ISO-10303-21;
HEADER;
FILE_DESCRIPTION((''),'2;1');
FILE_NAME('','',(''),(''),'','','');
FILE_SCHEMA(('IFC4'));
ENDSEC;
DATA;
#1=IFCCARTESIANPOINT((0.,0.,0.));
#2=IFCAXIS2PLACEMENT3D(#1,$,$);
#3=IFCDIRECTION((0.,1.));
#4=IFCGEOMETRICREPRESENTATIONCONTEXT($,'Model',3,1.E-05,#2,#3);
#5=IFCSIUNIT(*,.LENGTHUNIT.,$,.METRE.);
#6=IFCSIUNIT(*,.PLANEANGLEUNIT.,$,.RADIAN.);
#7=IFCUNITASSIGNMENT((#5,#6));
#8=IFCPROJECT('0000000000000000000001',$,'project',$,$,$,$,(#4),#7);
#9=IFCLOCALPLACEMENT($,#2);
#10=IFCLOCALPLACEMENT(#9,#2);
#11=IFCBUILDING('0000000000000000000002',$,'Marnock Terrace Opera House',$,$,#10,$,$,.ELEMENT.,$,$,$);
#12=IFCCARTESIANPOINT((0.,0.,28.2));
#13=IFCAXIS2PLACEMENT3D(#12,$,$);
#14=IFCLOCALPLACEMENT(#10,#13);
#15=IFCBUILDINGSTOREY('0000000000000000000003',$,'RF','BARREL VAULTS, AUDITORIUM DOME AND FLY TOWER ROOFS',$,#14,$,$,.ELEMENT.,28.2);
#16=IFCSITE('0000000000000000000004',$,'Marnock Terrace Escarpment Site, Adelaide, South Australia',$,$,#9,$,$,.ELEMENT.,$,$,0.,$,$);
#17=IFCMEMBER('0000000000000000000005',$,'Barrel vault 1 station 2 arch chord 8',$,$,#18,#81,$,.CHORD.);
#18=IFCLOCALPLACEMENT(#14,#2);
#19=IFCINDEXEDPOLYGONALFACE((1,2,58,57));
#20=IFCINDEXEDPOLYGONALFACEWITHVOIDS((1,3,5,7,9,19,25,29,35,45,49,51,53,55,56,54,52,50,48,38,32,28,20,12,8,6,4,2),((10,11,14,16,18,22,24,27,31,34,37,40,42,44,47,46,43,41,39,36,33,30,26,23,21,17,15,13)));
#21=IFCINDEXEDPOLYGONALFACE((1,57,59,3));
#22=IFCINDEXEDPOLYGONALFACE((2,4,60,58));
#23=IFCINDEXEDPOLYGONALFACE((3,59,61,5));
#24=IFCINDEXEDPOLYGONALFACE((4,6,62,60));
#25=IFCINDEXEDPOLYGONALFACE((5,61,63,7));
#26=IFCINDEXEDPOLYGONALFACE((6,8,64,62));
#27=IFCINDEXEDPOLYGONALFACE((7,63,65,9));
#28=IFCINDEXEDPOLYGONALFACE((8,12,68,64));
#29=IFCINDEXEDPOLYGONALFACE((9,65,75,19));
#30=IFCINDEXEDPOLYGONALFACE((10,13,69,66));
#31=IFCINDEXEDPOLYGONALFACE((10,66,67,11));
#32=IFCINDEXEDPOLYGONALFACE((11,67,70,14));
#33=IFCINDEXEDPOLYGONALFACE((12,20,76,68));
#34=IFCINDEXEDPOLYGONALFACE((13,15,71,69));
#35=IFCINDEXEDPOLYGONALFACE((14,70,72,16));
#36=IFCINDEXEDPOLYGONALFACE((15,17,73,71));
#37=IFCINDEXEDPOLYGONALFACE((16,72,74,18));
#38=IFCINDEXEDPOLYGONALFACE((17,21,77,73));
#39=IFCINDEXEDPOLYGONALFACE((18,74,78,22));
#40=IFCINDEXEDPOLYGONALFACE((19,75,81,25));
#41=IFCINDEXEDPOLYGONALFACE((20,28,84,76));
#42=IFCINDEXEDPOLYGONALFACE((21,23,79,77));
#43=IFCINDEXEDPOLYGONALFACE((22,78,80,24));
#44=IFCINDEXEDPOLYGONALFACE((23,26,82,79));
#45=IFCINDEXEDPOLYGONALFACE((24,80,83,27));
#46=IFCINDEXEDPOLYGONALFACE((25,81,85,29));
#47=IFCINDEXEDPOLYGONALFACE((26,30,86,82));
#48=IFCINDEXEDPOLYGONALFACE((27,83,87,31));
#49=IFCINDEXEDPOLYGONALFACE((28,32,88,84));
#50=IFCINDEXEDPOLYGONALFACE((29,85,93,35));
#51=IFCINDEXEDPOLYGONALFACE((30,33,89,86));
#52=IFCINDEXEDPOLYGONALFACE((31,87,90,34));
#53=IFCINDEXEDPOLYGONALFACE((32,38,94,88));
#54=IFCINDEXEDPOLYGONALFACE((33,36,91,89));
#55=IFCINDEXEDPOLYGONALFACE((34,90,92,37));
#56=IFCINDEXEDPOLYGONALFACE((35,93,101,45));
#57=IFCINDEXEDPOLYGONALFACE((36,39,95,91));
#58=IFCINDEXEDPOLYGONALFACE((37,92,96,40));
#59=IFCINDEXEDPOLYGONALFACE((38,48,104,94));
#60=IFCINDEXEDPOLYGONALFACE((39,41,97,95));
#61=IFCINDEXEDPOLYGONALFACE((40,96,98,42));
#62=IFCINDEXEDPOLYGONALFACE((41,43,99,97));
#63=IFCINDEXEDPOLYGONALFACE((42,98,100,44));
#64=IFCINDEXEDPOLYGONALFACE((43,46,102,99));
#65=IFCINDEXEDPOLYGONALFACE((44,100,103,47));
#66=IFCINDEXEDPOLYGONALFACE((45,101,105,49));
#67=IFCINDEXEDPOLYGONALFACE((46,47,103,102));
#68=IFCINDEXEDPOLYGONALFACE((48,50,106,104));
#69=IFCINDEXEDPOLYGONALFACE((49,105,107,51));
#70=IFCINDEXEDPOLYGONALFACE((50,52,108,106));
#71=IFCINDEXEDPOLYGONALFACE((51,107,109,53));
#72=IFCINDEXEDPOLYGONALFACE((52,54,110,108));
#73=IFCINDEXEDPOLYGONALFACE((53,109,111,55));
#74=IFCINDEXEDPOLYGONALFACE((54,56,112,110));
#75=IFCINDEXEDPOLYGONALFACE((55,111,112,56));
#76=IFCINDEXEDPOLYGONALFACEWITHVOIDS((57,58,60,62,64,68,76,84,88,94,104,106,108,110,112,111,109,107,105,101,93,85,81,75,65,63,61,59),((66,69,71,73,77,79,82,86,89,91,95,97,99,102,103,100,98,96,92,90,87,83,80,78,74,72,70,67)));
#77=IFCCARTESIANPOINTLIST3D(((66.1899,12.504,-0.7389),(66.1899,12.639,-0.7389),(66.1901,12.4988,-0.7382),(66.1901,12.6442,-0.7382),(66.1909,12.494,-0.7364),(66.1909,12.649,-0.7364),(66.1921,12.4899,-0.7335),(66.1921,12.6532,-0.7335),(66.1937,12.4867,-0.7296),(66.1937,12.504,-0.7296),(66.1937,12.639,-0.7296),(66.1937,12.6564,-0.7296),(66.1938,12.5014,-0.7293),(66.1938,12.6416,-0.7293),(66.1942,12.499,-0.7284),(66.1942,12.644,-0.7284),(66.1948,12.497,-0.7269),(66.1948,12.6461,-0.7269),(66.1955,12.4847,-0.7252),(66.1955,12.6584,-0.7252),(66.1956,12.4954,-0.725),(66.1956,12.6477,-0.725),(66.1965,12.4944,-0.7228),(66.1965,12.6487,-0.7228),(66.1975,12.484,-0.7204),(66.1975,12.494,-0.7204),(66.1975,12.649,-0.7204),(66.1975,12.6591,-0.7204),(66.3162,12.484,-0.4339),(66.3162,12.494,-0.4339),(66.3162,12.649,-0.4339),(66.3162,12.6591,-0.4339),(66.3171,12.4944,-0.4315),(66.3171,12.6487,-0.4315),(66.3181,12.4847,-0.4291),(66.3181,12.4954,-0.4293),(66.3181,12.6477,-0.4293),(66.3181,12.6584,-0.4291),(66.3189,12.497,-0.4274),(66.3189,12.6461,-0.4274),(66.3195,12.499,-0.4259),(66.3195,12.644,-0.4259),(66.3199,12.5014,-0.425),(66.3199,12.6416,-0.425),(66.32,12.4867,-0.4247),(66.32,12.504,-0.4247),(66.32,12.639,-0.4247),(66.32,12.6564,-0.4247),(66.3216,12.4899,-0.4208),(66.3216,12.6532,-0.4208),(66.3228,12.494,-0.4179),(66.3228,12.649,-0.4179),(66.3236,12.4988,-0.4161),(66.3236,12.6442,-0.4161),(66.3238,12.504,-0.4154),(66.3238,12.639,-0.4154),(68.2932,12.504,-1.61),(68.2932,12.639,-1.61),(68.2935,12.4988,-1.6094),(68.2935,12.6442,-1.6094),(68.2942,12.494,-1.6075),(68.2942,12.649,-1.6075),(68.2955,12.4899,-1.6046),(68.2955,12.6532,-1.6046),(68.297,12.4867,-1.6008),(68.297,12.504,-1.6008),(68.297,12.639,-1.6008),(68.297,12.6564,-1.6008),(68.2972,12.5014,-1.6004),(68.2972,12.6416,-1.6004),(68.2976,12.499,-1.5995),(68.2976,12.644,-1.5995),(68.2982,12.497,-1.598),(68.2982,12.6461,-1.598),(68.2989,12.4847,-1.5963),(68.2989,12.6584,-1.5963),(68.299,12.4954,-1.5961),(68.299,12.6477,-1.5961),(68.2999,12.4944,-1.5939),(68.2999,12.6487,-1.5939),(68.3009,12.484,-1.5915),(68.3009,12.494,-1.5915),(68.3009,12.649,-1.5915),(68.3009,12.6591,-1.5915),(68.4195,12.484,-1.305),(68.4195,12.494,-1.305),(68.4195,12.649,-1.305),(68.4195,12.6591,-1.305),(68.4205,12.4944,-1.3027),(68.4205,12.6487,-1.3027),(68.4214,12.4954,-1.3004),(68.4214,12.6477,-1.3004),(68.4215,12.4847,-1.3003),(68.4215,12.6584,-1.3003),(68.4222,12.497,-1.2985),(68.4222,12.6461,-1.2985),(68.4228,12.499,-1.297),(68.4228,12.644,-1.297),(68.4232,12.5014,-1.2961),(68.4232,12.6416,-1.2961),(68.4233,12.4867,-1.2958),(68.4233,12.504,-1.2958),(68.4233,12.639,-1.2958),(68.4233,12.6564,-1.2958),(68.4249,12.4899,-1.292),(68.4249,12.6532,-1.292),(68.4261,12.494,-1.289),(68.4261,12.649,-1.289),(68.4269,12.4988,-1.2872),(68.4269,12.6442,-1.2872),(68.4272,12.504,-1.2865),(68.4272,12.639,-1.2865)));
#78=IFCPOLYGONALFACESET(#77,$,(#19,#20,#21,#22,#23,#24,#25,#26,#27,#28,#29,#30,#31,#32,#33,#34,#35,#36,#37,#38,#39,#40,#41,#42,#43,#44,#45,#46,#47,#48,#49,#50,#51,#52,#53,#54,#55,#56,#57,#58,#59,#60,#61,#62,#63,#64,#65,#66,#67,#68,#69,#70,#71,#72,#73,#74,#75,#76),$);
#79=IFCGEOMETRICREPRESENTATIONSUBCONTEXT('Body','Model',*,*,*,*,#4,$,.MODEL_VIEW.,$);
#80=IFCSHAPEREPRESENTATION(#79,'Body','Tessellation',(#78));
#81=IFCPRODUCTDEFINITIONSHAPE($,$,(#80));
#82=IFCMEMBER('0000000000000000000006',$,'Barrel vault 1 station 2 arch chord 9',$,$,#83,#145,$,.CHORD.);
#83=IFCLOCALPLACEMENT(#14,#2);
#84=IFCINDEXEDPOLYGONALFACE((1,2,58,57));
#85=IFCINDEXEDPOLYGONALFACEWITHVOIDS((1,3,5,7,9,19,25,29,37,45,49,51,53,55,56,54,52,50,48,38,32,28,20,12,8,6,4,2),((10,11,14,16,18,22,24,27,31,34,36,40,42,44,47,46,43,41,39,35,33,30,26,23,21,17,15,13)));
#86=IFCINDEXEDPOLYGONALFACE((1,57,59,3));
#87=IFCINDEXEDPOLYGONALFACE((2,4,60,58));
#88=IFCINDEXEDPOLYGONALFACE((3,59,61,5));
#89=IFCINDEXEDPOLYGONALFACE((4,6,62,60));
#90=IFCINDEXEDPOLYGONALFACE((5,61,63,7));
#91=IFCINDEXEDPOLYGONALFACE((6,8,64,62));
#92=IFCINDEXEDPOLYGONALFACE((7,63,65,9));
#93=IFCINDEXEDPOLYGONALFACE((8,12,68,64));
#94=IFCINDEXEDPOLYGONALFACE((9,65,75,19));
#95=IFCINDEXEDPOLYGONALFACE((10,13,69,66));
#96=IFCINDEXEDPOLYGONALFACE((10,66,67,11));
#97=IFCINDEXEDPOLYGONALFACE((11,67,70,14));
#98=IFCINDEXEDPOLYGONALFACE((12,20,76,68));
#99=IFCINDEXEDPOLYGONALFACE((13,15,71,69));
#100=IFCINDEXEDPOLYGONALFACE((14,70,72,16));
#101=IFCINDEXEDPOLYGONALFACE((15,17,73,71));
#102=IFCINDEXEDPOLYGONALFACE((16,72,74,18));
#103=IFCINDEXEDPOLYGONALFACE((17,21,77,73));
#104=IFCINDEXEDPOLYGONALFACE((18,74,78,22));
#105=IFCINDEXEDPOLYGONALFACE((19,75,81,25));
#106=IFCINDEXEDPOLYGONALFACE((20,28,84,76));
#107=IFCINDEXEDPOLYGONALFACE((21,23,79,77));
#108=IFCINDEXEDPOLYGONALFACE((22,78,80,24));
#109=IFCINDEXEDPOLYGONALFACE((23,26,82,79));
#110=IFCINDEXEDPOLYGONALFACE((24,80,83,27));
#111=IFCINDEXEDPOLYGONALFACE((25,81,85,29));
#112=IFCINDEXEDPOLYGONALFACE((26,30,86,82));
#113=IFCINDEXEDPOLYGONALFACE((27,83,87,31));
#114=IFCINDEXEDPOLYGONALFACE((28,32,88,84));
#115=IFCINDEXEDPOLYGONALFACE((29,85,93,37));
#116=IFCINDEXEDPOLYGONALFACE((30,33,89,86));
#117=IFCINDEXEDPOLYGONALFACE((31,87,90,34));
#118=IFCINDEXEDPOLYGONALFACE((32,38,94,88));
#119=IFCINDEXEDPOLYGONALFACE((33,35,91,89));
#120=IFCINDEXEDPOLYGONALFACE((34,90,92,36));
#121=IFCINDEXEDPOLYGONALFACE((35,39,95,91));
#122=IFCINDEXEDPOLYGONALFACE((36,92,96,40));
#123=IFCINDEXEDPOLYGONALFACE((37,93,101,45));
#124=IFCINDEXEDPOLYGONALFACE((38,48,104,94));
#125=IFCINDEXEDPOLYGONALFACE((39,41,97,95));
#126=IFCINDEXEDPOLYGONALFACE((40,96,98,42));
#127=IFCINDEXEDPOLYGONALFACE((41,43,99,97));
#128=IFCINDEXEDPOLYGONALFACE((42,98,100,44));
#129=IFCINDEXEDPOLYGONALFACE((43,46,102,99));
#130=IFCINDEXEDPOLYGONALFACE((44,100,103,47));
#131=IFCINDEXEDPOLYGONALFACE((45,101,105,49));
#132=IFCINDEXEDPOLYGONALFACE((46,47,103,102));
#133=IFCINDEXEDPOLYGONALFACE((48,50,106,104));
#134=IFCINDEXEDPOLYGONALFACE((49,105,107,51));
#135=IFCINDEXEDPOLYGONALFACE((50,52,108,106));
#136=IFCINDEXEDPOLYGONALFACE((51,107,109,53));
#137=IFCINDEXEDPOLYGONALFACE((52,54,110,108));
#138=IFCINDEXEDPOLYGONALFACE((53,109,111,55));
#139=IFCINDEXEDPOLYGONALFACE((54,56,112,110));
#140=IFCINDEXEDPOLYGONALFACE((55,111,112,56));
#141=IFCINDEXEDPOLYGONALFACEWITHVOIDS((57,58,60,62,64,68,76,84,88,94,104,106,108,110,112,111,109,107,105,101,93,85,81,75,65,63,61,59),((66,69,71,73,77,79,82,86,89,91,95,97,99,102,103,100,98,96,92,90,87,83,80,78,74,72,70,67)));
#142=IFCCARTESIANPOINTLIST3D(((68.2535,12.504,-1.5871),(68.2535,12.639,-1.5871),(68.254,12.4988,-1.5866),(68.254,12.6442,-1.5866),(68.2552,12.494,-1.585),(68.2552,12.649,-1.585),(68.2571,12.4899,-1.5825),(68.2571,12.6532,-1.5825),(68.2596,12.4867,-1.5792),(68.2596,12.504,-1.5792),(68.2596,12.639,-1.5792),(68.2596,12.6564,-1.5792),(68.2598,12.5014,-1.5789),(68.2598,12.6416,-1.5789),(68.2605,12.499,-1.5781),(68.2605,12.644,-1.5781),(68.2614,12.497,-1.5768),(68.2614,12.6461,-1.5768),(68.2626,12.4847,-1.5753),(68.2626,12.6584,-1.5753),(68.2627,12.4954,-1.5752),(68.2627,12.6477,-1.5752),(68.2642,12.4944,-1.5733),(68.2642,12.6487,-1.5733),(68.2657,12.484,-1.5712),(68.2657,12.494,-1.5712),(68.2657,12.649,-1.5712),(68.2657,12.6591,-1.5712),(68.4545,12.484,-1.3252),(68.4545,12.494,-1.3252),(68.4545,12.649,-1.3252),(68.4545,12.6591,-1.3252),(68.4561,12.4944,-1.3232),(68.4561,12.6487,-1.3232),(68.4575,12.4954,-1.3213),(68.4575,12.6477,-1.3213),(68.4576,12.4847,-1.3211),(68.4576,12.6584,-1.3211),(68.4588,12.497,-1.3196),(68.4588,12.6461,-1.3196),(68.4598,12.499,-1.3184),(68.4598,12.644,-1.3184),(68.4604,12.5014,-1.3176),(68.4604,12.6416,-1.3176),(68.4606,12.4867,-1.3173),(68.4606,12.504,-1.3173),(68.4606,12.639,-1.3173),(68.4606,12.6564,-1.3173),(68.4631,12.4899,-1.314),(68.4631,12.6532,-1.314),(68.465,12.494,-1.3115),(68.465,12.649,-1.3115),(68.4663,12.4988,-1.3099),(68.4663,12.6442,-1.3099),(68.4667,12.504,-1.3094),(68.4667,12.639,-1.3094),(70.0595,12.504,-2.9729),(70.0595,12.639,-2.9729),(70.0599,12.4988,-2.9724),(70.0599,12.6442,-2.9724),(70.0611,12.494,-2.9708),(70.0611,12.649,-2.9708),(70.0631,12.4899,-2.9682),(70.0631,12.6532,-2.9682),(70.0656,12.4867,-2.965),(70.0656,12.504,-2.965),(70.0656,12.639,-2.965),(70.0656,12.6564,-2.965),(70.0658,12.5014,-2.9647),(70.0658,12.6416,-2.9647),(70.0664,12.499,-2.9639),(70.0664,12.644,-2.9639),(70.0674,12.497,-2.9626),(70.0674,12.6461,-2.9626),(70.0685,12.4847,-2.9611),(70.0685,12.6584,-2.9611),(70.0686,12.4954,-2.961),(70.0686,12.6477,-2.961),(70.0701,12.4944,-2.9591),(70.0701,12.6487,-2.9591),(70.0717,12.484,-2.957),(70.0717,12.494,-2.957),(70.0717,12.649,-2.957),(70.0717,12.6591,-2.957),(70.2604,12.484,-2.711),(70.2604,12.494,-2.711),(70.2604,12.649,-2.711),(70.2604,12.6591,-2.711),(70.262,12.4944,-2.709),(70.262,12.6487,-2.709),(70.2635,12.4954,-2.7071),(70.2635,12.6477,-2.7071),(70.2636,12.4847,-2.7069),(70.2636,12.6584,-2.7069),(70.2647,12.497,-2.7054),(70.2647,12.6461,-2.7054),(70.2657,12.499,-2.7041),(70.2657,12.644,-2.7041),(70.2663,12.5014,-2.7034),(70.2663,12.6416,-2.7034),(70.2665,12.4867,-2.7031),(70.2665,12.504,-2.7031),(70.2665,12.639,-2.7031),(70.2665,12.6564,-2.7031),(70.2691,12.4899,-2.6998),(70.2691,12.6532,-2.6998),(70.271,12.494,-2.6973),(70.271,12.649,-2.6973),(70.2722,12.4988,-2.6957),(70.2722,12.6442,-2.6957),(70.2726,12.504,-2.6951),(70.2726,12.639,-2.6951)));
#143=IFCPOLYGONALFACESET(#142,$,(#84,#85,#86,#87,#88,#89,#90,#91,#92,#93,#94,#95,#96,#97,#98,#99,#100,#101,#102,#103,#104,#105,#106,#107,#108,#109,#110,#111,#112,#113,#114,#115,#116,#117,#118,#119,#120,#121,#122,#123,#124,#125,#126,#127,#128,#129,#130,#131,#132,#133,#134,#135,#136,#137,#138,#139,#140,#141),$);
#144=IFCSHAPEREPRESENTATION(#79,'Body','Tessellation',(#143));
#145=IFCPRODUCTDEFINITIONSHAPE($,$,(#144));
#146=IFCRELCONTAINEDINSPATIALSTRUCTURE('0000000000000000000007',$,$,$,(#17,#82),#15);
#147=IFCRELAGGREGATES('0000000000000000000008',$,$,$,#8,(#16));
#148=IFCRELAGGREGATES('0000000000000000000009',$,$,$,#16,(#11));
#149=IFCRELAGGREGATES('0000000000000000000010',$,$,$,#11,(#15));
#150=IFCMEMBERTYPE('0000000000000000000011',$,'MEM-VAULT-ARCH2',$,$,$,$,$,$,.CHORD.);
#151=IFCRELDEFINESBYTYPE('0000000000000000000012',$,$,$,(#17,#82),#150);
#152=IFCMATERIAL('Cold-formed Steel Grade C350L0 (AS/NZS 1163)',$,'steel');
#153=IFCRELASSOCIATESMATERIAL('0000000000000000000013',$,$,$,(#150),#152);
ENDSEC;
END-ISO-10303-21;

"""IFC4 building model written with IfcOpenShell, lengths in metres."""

from ifc_helpers import new_model, si_unit, direction, frame, origin, origin_2d, place, context, subcontext, project, spatial, hollow_rectangle, extrude, material, material_profile, profile_set, type_object, element, save


model = new_model("IFC4")

# Units and contexts
model_context = context("Model", 3, precision=1e-05, world=origin(), true_north=direction((0.0, 1.0)))
body_context = subcontext(model_context, "Body", "Model", "MODEL_VIEW")
ifc_project = project(units=[si_unit("LENGTHUNIT", "METRE"), si_unit("PLANEANGLEUNIT", "RADIAN")], contexts=[model_context])

# Site, building, storey
site_placement = place(None, origin())
site = spatial("IfcSite", under=ifc_project, at=site_placement, Name="Marnock Terrace Escarpment Site, Adelaide, South Australia", CompositionType="ELEMENT", RefElevation=0.0)
building_placement = place(site_placement, origin())
building = spatial("IfcBuilding", under=site, at=building_placement, Name="Marnock Terrace Opera House", CompositionType="ELEMENT")
storey_placement = place(building_placement, frame((0.0, 0.0, 28.2)))
storey = spatial("IfcBuildingStorey", under=building, at=storey_placement, Name="RF", Description="BARREL VAULTS, AUDITORIUM DOME AND FLY TOWER ROOFS", CompositionType="ELEMENT", Elevation=28.2)

# Members
ifc_material_1 = material(Name="Cold-formed Steel Grade C350L0 (AS/NZS 1163)", Category="steel")
ifc_material_profile_1 = material_profile(ifc_material_1, hollow_rectangle(XDim=0.175, YDim=0.3501, WallThickness=0.01, InnerFilletRadius=0.01, OuterFilletRadius=0.02, at=origin_2d()))
ifc_profile_set_1 = profile_set([ifc_material_profile_1], Name="Cold-formed Steel Grade C350L0 (AS/NZS 1163)")
member_type_1 = type_object("IfcMemberType", Name="MEM-VAULT-ARCH2", PredefinedType="CHORD", material=ifc_profile_set_1)
member_1_placement = place(storey_placement, frame((66.2568, 12.5715, -0.5771), z_axis=(0.923897, 0.0, -0.382642), x_axis=(0.0, 1.0, 0.0)))
element("IfcMember", 1, at=member_1_placement, inside=storey, type_object=member_type_1, Name="Barrel vault 1 station 2 arch chord 8", PredefinedType="CHORD", context=body_context, shape_type="SweptSolid", body=[
    extrude(hollow_rectangle(XDim=0.175, YDim=0.3501, WallThickness=0.01, InnerFilletRadius=0.01, OuterFilletRadius=0.02, at=origin_2d()), origin(), (0.0, 0.0, 1.0), 2.2766),
])
for number, where, z_axis, x_axis, name in (
    (2, (68.3601, 12.5715, -1.4482), (0.793349, 0.0, -0.608767), (0.0, 1.0, 0.0), "Barrel vault 1 station 2 arch chord 9"),
):
    element("IfcMember", number, at=place(storey_placement, frame(where, z_axis=z_axis, x_axis=x_axis)), inside=storey, type_object=member_type_1, Name=name, PredefinedType="CHORD", context=body_context, shape_type="SweptSolid", body=[
        extrude(hollow_rectangle(XDim=0.175, YDim=0.3501, WallThickness=0.01, InnerFilletRadius=0.01, OuterFilletRadius=0.02, at=origin_2d()), origin(), (0.0, 0.0, 1.0), 2.2764),
    ])

save(model, "model.ifc")
